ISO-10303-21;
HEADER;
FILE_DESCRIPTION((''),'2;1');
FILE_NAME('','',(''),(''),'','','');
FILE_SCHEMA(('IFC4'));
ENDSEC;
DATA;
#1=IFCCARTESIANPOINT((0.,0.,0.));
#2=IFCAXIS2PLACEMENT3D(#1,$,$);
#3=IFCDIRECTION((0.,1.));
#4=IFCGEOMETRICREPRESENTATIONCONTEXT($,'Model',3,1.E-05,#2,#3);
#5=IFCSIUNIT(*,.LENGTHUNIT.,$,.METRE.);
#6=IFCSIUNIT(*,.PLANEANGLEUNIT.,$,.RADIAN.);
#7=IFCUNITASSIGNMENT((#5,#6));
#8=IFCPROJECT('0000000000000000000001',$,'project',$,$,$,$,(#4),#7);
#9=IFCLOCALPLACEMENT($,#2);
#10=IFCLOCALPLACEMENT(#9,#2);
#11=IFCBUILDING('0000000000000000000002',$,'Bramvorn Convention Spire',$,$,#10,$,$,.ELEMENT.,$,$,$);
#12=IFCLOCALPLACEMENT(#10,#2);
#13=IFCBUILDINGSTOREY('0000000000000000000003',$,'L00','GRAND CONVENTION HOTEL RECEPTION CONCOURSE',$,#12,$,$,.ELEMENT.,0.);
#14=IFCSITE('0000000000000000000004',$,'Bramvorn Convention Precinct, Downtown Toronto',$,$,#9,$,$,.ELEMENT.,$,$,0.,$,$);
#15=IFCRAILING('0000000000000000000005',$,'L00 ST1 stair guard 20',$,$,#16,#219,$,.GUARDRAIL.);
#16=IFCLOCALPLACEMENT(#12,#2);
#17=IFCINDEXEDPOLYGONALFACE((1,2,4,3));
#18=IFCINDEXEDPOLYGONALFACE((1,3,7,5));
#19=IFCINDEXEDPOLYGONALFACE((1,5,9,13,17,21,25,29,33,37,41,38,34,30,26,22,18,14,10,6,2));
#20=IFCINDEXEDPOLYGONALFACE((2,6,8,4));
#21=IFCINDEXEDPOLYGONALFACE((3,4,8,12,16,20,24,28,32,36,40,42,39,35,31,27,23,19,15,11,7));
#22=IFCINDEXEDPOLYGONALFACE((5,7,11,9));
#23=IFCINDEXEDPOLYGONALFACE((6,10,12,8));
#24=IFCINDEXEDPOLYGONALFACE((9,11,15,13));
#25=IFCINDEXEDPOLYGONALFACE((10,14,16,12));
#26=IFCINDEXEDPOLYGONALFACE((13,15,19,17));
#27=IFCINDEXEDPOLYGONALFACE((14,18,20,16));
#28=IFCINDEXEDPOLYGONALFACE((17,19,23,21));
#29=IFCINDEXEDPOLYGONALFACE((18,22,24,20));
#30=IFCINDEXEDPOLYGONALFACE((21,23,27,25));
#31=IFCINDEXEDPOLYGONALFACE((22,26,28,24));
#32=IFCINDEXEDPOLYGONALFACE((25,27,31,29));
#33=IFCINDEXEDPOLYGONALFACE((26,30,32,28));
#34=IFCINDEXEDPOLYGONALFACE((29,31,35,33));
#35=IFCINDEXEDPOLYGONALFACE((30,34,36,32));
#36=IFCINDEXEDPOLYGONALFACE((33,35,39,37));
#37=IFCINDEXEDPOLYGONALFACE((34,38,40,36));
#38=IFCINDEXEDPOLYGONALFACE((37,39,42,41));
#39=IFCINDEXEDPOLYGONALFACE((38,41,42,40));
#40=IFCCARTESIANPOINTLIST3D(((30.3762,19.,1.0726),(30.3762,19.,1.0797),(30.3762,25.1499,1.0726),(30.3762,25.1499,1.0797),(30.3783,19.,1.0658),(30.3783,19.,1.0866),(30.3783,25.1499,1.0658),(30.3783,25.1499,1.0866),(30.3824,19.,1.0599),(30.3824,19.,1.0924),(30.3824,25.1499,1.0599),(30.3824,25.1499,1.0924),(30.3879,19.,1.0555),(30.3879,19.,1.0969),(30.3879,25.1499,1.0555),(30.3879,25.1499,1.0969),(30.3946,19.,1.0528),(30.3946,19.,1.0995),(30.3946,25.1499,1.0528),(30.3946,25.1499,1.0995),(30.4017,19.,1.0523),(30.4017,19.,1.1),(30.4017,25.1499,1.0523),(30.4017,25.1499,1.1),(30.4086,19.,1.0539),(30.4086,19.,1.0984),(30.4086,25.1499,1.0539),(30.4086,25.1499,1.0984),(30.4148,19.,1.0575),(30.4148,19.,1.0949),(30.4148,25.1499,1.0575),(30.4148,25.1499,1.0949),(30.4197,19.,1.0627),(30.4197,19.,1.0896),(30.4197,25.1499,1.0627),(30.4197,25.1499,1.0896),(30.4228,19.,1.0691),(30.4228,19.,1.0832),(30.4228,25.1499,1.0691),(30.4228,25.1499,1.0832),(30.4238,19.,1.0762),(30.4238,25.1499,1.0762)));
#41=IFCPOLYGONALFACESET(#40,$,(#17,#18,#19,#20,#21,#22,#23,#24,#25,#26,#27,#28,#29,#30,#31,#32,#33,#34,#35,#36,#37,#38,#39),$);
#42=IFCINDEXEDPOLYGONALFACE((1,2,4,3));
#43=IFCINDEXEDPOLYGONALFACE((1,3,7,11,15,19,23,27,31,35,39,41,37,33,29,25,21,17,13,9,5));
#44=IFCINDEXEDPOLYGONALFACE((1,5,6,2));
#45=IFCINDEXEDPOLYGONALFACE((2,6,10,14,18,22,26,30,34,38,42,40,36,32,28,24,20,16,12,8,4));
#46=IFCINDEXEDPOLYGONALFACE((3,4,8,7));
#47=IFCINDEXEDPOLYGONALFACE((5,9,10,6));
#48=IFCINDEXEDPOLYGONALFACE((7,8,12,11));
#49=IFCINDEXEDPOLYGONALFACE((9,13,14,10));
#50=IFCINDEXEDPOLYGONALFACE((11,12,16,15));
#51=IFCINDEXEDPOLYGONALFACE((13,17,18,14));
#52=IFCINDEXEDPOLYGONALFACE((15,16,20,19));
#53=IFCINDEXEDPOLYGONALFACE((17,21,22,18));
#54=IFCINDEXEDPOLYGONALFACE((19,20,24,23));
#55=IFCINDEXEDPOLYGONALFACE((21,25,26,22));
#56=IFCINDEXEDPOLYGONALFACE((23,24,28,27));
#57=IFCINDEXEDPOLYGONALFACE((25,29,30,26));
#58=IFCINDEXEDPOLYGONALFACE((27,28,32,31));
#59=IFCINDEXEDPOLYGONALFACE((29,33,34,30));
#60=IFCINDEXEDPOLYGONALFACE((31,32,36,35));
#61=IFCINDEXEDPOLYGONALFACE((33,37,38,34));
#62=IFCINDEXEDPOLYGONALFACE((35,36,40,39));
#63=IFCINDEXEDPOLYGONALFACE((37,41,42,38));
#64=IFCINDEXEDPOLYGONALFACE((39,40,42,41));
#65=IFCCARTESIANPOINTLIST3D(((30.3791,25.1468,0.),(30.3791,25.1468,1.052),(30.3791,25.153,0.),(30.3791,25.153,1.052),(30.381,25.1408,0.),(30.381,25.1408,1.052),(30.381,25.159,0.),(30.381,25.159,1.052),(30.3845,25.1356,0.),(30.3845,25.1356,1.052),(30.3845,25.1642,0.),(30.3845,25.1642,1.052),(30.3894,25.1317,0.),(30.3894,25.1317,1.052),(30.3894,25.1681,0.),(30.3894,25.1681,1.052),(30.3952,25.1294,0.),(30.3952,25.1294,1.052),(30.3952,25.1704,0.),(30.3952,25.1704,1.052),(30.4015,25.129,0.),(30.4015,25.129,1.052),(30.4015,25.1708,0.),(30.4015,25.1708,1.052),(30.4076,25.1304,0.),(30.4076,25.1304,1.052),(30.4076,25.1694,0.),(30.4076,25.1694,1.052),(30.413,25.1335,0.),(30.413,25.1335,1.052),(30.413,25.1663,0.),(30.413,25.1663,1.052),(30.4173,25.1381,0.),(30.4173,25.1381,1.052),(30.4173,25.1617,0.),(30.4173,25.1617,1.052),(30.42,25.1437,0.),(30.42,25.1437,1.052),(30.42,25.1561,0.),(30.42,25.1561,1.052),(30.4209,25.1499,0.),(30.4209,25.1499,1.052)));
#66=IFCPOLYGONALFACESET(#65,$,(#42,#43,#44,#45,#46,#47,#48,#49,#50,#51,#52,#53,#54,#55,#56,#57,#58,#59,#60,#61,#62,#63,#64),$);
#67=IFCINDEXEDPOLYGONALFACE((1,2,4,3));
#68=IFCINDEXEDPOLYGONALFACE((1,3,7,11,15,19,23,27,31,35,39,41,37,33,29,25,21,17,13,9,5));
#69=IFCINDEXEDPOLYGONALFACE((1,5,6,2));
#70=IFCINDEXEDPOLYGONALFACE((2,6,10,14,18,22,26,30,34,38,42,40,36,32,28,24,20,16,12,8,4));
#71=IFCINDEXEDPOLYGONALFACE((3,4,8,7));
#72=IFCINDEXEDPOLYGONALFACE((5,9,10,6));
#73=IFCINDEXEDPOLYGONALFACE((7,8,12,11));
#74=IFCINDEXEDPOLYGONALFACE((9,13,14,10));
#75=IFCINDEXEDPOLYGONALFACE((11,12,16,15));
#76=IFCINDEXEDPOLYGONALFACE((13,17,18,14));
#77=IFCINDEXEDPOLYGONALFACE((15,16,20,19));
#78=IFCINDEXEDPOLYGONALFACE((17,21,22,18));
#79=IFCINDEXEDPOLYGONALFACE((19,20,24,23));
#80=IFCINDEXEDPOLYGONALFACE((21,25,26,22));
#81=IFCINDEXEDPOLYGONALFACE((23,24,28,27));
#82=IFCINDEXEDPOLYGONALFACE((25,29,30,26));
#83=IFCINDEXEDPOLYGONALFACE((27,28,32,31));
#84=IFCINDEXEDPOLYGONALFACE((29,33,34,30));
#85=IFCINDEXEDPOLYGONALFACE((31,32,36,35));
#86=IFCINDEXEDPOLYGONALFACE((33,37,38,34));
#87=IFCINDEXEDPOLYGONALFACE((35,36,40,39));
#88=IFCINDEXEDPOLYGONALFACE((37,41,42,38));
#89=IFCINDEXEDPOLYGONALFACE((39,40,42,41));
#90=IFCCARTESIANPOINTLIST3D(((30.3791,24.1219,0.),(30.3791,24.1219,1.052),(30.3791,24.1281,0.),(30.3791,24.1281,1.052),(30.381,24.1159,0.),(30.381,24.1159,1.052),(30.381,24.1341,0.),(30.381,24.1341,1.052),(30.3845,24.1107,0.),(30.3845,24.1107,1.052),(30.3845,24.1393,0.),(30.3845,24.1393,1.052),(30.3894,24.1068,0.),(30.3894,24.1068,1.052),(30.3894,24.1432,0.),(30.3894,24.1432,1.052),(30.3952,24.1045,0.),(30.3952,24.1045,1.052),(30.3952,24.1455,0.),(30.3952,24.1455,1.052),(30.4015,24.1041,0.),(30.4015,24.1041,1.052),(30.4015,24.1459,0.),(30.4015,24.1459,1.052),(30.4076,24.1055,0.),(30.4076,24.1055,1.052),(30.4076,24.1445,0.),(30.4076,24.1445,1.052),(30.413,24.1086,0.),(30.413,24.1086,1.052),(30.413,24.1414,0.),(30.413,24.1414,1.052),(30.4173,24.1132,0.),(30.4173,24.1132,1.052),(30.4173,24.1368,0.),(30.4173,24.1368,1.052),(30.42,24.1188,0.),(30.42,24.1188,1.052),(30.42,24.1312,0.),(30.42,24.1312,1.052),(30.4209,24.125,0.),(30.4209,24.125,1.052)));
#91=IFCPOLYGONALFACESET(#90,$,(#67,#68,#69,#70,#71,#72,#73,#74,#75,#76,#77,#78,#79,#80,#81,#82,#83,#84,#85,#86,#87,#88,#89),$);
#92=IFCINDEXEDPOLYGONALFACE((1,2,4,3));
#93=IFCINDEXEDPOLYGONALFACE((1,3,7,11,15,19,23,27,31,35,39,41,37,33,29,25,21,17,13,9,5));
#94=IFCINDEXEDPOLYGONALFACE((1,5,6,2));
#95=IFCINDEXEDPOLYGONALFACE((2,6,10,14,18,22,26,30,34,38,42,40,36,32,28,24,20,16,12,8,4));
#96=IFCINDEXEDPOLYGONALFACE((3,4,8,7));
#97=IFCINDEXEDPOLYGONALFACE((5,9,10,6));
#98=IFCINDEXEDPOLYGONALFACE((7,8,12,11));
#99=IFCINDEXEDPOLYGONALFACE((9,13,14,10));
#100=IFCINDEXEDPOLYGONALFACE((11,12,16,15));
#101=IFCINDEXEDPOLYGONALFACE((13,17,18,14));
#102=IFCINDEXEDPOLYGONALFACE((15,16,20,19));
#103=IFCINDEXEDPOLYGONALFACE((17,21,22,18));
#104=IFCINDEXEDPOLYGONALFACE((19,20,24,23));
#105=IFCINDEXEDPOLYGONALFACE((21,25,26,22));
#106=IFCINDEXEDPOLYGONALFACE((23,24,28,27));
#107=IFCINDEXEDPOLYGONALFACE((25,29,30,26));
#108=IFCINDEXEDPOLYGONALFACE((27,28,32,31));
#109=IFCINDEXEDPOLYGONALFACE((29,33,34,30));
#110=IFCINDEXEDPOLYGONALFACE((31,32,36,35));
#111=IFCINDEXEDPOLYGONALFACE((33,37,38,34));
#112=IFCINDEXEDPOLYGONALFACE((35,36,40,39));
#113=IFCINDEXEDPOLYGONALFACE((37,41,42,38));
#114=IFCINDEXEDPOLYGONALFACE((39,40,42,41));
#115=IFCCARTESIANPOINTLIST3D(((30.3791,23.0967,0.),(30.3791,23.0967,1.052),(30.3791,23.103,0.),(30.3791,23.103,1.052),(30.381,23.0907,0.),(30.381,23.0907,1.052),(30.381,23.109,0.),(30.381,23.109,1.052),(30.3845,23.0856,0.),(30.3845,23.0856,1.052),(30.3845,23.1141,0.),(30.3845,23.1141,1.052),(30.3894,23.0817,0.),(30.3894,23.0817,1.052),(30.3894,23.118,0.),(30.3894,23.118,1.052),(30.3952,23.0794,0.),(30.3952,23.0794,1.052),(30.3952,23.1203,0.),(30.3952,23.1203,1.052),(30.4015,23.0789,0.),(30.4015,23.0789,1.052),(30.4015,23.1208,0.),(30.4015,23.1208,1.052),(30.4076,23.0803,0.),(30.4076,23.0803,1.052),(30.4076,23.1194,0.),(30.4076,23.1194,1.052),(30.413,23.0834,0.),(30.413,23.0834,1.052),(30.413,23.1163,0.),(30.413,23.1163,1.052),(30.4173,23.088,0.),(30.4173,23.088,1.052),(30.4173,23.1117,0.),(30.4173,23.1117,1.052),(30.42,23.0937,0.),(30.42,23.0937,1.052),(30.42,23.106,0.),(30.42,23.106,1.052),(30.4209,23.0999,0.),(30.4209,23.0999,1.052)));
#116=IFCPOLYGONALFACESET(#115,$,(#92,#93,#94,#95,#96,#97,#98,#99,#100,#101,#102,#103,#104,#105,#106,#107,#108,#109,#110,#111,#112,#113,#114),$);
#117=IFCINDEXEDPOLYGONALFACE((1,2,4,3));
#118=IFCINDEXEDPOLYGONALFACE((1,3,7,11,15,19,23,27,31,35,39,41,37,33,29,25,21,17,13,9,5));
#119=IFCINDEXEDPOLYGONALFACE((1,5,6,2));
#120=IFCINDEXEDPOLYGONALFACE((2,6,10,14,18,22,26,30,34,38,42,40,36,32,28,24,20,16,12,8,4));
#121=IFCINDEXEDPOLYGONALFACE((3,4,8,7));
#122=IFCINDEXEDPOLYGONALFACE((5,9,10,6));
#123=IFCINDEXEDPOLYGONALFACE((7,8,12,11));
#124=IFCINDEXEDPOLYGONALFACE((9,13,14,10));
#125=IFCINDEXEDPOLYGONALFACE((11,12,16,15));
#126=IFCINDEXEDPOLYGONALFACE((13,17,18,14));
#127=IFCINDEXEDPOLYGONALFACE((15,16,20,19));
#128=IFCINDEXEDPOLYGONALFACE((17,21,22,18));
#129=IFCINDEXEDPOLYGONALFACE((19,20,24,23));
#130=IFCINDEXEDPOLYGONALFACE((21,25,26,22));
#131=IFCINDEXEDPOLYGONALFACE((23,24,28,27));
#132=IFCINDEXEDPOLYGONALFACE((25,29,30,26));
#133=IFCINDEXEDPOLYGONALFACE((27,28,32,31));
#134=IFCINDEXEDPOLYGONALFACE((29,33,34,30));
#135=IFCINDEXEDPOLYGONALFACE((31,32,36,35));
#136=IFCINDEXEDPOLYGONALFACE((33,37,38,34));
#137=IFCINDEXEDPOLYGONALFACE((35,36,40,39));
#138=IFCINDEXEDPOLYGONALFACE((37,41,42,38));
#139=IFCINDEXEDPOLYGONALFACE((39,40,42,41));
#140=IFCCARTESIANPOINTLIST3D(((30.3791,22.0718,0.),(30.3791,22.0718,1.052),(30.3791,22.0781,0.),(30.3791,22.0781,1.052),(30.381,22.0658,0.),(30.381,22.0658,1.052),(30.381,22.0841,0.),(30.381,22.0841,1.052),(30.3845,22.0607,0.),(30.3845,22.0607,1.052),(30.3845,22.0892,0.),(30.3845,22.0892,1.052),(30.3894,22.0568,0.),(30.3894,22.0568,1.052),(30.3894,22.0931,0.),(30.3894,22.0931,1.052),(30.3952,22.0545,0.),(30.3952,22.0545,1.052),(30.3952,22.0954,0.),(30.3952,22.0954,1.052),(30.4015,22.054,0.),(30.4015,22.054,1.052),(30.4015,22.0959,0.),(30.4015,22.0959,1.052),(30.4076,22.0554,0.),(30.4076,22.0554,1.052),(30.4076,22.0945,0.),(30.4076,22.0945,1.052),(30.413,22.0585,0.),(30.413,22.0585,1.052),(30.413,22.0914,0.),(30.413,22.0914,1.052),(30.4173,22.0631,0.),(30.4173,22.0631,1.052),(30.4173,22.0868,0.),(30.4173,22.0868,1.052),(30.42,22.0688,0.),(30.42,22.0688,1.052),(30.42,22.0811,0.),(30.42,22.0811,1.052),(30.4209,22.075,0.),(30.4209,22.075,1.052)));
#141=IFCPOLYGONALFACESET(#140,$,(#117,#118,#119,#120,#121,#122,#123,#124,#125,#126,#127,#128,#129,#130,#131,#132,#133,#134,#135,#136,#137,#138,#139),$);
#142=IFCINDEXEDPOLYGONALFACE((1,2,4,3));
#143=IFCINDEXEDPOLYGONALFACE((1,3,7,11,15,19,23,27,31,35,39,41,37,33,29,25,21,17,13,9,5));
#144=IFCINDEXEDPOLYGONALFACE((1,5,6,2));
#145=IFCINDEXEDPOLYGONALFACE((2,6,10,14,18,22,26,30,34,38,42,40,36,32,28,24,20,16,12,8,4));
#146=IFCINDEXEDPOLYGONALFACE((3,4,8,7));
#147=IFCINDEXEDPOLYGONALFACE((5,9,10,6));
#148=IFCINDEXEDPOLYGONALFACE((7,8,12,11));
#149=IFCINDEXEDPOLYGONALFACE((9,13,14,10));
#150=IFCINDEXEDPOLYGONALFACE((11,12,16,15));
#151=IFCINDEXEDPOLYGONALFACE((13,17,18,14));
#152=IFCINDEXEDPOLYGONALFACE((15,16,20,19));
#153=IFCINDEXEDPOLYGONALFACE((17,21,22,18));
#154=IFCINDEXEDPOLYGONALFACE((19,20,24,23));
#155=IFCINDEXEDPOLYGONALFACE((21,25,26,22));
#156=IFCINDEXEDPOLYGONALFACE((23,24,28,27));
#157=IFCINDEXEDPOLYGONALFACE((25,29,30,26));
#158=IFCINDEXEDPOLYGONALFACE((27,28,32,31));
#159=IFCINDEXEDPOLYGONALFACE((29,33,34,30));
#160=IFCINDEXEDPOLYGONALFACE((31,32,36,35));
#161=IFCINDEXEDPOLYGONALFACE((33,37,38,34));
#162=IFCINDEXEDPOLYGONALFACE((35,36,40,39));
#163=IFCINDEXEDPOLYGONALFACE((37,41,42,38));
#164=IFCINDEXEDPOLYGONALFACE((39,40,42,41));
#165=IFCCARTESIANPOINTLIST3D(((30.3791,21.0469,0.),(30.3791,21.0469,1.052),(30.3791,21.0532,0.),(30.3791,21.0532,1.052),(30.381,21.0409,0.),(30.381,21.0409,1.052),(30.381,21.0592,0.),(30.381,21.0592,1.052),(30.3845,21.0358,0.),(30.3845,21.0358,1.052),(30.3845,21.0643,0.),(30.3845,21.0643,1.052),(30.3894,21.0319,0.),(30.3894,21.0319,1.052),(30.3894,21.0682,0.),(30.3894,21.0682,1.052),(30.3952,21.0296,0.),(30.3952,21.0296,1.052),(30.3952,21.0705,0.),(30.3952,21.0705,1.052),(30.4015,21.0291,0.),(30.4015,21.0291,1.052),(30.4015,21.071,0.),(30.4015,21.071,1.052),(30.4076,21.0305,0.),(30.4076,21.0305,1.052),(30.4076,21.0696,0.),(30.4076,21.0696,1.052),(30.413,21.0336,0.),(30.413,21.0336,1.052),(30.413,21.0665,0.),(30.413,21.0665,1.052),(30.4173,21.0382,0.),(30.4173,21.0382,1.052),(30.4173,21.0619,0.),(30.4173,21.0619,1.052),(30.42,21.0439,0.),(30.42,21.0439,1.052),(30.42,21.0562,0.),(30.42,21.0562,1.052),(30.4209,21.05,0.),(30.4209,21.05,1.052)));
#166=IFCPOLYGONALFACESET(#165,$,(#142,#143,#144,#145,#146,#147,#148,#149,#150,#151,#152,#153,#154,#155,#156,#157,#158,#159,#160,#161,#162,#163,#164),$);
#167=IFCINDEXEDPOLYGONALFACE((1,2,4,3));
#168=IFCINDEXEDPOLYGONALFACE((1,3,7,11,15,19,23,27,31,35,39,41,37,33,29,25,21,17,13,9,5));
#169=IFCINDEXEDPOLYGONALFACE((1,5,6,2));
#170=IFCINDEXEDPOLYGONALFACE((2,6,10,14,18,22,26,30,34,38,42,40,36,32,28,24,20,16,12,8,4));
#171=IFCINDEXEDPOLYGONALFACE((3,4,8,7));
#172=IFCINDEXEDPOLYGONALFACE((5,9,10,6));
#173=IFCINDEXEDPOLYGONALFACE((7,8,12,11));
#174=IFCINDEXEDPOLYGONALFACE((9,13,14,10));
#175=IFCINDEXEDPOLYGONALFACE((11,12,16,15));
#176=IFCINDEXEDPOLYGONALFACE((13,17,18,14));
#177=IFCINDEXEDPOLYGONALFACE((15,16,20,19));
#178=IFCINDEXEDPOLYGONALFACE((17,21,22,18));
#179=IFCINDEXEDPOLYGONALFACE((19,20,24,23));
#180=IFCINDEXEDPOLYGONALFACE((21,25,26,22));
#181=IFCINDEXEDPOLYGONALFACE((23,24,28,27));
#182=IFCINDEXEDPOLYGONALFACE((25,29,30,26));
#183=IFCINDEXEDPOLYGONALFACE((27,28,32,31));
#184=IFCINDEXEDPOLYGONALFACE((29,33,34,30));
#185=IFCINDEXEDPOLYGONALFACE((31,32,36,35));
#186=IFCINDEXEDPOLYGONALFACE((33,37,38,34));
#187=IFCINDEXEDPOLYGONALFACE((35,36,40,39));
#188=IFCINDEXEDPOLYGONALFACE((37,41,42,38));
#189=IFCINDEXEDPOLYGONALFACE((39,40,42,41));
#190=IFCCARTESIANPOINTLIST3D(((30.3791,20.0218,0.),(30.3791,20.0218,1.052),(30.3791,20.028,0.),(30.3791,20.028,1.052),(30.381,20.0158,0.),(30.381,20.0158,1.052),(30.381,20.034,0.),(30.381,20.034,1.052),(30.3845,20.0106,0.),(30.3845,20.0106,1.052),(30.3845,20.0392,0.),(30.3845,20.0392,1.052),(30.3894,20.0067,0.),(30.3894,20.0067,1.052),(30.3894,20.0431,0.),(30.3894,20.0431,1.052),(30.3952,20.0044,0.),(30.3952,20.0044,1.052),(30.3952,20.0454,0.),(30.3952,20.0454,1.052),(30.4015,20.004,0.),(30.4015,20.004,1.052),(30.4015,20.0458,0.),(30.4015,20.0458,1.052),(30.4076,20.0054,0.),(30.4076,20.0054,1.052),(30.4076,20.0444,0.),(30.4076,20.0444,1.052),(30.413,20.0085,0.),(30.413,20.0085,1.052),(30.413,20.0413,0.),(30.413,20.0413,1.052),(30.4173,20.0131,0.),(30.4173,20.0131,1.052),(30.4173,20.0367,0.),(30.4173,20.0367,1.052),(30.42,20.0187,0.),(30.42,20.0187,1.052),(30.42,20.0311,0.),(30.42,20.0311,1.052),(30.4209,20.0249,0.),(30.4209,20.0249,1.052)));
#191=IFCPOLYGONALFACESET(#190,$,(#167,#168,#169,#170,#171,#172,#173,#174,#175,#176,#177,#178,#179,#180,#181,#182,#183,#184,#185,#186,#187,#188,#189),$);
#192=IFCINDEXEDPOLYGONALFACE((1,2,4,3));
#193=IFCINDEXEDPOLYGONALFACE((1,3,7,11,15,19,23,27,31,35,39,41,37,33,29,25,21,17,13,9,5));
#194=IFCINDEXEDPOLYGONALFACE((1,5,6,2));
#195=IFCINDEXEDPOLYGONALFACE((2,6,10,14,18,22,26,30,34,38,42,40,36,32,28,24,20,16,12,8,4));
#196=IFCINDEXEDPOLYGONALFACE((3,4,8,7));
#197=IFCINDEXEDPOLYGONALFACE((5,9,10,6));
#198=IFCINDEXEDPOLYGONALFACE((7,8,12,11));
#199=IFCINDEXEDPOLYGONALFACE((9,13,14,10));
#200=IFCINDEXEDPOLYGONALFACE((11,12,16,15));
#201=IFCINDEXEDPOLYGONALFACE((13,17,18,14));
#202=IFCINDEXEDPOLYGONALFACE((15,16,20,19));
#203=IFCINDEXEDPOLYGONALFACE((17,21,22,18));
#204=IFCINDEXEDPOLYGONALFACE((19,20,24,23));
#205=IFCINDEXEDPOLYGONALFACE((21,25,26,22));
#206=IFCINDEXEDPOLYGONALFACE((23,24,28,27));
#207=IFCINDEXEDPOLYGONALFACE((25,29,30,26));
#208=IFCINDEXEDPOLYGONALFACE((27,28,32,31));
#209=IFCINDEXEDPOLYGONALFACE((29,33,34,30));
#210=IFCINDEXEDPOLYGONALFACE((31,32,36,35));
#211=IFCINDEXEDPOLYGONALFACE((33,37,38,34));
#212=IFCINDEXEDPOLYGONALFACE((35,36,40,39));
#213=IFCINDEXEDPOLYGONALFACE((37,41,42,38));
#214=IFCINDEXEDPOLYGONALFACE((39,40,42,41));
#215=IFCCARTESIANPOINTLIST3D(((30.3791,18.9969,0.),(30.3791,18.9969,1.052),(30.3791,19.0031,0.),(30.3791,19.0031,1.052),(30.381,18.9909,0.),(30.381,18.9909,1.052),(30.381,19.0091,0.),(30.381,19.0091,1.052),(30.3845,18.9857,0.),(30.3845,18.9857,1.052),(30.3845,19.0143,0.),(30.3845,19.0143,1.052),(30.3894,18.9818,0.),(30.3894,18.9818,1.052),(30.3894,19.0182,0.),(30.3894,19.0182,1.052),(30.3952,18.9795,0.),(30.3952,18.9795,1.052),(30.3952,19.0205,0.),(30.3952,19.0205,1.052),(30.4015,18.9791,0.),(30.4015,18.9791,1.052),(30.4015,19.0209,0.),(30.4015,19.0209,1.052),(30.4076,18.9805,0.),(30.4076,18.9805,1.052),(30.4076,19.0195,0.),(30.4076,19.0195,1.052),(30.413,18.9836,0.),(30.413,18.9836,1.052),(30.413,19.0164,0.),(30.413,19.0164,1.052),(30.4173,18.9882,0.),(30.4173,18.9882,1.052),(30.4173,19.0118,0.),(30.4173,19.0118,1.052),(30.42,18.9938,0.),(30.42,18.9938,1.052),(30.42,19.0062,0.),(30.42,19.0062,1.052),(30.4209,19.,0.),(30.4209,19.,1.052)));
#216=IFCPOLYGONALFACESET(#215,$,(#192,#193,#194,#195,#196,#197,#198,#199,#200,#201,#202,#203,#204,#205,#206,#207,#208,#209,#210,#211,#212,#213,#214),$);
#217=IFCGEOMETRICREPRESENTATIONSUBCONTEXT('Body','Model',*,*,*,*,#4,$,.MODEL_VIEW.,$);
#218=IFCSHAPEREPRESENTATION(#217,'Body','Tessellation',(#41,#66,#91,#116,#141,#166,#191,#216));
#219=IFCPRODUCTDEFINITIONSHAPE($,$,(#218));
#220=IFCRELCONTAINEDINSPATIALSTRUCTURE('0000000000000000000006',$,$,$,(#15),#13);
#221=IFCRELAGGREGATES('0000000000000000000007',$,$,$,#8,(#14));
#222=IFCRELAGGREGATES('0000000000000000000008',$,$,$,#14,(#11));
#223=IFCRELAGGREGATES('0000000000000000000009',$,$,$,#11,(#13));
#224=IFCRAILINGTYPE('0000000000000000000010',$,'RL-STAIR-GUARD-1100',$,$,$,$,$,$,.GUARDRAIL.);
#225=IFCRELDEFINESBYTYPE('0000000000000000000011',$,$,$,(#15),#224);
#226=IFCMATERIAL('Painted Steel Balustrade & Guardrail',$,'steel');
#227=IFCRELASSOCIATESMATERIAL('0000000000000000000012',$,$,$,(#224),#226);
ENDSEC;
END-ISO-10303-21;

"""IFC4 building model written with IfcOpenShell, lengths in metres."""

from ifc_helpers import new_model, si_unit, direction, frame, origin, origin_2d, place, context, subcontext, project, spatial, circle, extrude, material, type_object, element, save


model = new_model("IFC4")

# Units and contexts
model_context = context("Model", 3, precision=1e-05, world=origin(), true_north=direction((0.0, 1.0)))
body_context = subcontext(model_context, "Body", "Model", "MODEL_VIEW")
ifc_project = project(units=[si_unit("LENGTHUNIT", "METRE"), si_unit("PLANEANGLEUNIT", "RADIAN")], contexts=[model_context])

# Site, building, storey
site_placement = place(None, origin())
site = spatial("IfcSite", under=ifc_project, at=site_placement, Name="Bramvorn Convention Precinct, Downtown Toronto", CompositionType="ELEMENT", RefElevation=0.0)
building_placement = place(site_placement, origin())
building = spatial("IfcBuilding", under=site, at=building_placement, Name="Bramvorn Convention Spire", CompositionType="ELEMENT")
storey_placement = place(building_placement, origin())
storey = spatial("IfcBuildingStorey", under=building, at=storey_placement, Name="L00", Description="GRAND CONVENTION HOTEL RECEPTION CONCOURSE", CompositionType="ELEMENT", Elevation=0.0)

# Railing
ifc_material_1 = material(Name="Painted Steel Balustrade & Guardrail", Category="steel")
railing_type = type_object("IfcRailingType", Name="RL-STAIR-GUARD-1100", PredefinedType="GUARDRAIL", material=ifc_material_1)
for number, where, name in (
    (1, (30.3999, 25.1499, 0.0), "L00 ST1 stair guard 20"),
):
    element("IfcRailing", number, at=place(storey_placement, frame(where)), inside=storey, type_object=railing_type, Name=name, PredefinedType="GUARDRAIL", context=body_context, shape_type="SweptSolid", body=[
        extrude(circle(Radius=0.0239, at=origin_2d()), frame((0.0, 0.0, 1.0762), z_axis=(0.0, -1.0, 0.0), x_axis=(1.0, 0.0, 0.0)), (0.0, 0.0, 1.0), 6.1499),
        extrude(circle(Radius=0.021, at=origin_2d()), origin(), (0.0, 0.0, 1.0), 1.052),
        extrude(circle(Radius=0.021, at=origin_2d()), frame((0.0, -1.0249, 0.0)), (0.0, 0.0, 1.0), 1.052),
        extrude(circle(Radius=0.021, at=origin_2d()), frame((0.0, -2.05, 0.0)), (0.0, 0.0, 1.0), 1.052),
        extrude(circle(Radius=0.021, at=origin_2d()), frame((0.0, -3.075, 0.0)), (0.0, 0.0, 1.0), 1.052),
        extrude(circle(Radius=0.021, at=origin_2d()), frame((0.0, -4.0999, 0.0)), (0.0, 0.0, 1.0), 1.052),
        extrude(circle(Radius=0.021, at=origin_2d()), frame((0.0, -5.125, 0.0)), (0.0, 0.0, 1.0), 1.052),
        extrude(circle(Radius=0.021, at=origin_2d()), frame((0.0, -6.1499, 0.0)), (0.0, 0.0, 1.0), 1.052),
    ])

save(model, "model.ifc")
